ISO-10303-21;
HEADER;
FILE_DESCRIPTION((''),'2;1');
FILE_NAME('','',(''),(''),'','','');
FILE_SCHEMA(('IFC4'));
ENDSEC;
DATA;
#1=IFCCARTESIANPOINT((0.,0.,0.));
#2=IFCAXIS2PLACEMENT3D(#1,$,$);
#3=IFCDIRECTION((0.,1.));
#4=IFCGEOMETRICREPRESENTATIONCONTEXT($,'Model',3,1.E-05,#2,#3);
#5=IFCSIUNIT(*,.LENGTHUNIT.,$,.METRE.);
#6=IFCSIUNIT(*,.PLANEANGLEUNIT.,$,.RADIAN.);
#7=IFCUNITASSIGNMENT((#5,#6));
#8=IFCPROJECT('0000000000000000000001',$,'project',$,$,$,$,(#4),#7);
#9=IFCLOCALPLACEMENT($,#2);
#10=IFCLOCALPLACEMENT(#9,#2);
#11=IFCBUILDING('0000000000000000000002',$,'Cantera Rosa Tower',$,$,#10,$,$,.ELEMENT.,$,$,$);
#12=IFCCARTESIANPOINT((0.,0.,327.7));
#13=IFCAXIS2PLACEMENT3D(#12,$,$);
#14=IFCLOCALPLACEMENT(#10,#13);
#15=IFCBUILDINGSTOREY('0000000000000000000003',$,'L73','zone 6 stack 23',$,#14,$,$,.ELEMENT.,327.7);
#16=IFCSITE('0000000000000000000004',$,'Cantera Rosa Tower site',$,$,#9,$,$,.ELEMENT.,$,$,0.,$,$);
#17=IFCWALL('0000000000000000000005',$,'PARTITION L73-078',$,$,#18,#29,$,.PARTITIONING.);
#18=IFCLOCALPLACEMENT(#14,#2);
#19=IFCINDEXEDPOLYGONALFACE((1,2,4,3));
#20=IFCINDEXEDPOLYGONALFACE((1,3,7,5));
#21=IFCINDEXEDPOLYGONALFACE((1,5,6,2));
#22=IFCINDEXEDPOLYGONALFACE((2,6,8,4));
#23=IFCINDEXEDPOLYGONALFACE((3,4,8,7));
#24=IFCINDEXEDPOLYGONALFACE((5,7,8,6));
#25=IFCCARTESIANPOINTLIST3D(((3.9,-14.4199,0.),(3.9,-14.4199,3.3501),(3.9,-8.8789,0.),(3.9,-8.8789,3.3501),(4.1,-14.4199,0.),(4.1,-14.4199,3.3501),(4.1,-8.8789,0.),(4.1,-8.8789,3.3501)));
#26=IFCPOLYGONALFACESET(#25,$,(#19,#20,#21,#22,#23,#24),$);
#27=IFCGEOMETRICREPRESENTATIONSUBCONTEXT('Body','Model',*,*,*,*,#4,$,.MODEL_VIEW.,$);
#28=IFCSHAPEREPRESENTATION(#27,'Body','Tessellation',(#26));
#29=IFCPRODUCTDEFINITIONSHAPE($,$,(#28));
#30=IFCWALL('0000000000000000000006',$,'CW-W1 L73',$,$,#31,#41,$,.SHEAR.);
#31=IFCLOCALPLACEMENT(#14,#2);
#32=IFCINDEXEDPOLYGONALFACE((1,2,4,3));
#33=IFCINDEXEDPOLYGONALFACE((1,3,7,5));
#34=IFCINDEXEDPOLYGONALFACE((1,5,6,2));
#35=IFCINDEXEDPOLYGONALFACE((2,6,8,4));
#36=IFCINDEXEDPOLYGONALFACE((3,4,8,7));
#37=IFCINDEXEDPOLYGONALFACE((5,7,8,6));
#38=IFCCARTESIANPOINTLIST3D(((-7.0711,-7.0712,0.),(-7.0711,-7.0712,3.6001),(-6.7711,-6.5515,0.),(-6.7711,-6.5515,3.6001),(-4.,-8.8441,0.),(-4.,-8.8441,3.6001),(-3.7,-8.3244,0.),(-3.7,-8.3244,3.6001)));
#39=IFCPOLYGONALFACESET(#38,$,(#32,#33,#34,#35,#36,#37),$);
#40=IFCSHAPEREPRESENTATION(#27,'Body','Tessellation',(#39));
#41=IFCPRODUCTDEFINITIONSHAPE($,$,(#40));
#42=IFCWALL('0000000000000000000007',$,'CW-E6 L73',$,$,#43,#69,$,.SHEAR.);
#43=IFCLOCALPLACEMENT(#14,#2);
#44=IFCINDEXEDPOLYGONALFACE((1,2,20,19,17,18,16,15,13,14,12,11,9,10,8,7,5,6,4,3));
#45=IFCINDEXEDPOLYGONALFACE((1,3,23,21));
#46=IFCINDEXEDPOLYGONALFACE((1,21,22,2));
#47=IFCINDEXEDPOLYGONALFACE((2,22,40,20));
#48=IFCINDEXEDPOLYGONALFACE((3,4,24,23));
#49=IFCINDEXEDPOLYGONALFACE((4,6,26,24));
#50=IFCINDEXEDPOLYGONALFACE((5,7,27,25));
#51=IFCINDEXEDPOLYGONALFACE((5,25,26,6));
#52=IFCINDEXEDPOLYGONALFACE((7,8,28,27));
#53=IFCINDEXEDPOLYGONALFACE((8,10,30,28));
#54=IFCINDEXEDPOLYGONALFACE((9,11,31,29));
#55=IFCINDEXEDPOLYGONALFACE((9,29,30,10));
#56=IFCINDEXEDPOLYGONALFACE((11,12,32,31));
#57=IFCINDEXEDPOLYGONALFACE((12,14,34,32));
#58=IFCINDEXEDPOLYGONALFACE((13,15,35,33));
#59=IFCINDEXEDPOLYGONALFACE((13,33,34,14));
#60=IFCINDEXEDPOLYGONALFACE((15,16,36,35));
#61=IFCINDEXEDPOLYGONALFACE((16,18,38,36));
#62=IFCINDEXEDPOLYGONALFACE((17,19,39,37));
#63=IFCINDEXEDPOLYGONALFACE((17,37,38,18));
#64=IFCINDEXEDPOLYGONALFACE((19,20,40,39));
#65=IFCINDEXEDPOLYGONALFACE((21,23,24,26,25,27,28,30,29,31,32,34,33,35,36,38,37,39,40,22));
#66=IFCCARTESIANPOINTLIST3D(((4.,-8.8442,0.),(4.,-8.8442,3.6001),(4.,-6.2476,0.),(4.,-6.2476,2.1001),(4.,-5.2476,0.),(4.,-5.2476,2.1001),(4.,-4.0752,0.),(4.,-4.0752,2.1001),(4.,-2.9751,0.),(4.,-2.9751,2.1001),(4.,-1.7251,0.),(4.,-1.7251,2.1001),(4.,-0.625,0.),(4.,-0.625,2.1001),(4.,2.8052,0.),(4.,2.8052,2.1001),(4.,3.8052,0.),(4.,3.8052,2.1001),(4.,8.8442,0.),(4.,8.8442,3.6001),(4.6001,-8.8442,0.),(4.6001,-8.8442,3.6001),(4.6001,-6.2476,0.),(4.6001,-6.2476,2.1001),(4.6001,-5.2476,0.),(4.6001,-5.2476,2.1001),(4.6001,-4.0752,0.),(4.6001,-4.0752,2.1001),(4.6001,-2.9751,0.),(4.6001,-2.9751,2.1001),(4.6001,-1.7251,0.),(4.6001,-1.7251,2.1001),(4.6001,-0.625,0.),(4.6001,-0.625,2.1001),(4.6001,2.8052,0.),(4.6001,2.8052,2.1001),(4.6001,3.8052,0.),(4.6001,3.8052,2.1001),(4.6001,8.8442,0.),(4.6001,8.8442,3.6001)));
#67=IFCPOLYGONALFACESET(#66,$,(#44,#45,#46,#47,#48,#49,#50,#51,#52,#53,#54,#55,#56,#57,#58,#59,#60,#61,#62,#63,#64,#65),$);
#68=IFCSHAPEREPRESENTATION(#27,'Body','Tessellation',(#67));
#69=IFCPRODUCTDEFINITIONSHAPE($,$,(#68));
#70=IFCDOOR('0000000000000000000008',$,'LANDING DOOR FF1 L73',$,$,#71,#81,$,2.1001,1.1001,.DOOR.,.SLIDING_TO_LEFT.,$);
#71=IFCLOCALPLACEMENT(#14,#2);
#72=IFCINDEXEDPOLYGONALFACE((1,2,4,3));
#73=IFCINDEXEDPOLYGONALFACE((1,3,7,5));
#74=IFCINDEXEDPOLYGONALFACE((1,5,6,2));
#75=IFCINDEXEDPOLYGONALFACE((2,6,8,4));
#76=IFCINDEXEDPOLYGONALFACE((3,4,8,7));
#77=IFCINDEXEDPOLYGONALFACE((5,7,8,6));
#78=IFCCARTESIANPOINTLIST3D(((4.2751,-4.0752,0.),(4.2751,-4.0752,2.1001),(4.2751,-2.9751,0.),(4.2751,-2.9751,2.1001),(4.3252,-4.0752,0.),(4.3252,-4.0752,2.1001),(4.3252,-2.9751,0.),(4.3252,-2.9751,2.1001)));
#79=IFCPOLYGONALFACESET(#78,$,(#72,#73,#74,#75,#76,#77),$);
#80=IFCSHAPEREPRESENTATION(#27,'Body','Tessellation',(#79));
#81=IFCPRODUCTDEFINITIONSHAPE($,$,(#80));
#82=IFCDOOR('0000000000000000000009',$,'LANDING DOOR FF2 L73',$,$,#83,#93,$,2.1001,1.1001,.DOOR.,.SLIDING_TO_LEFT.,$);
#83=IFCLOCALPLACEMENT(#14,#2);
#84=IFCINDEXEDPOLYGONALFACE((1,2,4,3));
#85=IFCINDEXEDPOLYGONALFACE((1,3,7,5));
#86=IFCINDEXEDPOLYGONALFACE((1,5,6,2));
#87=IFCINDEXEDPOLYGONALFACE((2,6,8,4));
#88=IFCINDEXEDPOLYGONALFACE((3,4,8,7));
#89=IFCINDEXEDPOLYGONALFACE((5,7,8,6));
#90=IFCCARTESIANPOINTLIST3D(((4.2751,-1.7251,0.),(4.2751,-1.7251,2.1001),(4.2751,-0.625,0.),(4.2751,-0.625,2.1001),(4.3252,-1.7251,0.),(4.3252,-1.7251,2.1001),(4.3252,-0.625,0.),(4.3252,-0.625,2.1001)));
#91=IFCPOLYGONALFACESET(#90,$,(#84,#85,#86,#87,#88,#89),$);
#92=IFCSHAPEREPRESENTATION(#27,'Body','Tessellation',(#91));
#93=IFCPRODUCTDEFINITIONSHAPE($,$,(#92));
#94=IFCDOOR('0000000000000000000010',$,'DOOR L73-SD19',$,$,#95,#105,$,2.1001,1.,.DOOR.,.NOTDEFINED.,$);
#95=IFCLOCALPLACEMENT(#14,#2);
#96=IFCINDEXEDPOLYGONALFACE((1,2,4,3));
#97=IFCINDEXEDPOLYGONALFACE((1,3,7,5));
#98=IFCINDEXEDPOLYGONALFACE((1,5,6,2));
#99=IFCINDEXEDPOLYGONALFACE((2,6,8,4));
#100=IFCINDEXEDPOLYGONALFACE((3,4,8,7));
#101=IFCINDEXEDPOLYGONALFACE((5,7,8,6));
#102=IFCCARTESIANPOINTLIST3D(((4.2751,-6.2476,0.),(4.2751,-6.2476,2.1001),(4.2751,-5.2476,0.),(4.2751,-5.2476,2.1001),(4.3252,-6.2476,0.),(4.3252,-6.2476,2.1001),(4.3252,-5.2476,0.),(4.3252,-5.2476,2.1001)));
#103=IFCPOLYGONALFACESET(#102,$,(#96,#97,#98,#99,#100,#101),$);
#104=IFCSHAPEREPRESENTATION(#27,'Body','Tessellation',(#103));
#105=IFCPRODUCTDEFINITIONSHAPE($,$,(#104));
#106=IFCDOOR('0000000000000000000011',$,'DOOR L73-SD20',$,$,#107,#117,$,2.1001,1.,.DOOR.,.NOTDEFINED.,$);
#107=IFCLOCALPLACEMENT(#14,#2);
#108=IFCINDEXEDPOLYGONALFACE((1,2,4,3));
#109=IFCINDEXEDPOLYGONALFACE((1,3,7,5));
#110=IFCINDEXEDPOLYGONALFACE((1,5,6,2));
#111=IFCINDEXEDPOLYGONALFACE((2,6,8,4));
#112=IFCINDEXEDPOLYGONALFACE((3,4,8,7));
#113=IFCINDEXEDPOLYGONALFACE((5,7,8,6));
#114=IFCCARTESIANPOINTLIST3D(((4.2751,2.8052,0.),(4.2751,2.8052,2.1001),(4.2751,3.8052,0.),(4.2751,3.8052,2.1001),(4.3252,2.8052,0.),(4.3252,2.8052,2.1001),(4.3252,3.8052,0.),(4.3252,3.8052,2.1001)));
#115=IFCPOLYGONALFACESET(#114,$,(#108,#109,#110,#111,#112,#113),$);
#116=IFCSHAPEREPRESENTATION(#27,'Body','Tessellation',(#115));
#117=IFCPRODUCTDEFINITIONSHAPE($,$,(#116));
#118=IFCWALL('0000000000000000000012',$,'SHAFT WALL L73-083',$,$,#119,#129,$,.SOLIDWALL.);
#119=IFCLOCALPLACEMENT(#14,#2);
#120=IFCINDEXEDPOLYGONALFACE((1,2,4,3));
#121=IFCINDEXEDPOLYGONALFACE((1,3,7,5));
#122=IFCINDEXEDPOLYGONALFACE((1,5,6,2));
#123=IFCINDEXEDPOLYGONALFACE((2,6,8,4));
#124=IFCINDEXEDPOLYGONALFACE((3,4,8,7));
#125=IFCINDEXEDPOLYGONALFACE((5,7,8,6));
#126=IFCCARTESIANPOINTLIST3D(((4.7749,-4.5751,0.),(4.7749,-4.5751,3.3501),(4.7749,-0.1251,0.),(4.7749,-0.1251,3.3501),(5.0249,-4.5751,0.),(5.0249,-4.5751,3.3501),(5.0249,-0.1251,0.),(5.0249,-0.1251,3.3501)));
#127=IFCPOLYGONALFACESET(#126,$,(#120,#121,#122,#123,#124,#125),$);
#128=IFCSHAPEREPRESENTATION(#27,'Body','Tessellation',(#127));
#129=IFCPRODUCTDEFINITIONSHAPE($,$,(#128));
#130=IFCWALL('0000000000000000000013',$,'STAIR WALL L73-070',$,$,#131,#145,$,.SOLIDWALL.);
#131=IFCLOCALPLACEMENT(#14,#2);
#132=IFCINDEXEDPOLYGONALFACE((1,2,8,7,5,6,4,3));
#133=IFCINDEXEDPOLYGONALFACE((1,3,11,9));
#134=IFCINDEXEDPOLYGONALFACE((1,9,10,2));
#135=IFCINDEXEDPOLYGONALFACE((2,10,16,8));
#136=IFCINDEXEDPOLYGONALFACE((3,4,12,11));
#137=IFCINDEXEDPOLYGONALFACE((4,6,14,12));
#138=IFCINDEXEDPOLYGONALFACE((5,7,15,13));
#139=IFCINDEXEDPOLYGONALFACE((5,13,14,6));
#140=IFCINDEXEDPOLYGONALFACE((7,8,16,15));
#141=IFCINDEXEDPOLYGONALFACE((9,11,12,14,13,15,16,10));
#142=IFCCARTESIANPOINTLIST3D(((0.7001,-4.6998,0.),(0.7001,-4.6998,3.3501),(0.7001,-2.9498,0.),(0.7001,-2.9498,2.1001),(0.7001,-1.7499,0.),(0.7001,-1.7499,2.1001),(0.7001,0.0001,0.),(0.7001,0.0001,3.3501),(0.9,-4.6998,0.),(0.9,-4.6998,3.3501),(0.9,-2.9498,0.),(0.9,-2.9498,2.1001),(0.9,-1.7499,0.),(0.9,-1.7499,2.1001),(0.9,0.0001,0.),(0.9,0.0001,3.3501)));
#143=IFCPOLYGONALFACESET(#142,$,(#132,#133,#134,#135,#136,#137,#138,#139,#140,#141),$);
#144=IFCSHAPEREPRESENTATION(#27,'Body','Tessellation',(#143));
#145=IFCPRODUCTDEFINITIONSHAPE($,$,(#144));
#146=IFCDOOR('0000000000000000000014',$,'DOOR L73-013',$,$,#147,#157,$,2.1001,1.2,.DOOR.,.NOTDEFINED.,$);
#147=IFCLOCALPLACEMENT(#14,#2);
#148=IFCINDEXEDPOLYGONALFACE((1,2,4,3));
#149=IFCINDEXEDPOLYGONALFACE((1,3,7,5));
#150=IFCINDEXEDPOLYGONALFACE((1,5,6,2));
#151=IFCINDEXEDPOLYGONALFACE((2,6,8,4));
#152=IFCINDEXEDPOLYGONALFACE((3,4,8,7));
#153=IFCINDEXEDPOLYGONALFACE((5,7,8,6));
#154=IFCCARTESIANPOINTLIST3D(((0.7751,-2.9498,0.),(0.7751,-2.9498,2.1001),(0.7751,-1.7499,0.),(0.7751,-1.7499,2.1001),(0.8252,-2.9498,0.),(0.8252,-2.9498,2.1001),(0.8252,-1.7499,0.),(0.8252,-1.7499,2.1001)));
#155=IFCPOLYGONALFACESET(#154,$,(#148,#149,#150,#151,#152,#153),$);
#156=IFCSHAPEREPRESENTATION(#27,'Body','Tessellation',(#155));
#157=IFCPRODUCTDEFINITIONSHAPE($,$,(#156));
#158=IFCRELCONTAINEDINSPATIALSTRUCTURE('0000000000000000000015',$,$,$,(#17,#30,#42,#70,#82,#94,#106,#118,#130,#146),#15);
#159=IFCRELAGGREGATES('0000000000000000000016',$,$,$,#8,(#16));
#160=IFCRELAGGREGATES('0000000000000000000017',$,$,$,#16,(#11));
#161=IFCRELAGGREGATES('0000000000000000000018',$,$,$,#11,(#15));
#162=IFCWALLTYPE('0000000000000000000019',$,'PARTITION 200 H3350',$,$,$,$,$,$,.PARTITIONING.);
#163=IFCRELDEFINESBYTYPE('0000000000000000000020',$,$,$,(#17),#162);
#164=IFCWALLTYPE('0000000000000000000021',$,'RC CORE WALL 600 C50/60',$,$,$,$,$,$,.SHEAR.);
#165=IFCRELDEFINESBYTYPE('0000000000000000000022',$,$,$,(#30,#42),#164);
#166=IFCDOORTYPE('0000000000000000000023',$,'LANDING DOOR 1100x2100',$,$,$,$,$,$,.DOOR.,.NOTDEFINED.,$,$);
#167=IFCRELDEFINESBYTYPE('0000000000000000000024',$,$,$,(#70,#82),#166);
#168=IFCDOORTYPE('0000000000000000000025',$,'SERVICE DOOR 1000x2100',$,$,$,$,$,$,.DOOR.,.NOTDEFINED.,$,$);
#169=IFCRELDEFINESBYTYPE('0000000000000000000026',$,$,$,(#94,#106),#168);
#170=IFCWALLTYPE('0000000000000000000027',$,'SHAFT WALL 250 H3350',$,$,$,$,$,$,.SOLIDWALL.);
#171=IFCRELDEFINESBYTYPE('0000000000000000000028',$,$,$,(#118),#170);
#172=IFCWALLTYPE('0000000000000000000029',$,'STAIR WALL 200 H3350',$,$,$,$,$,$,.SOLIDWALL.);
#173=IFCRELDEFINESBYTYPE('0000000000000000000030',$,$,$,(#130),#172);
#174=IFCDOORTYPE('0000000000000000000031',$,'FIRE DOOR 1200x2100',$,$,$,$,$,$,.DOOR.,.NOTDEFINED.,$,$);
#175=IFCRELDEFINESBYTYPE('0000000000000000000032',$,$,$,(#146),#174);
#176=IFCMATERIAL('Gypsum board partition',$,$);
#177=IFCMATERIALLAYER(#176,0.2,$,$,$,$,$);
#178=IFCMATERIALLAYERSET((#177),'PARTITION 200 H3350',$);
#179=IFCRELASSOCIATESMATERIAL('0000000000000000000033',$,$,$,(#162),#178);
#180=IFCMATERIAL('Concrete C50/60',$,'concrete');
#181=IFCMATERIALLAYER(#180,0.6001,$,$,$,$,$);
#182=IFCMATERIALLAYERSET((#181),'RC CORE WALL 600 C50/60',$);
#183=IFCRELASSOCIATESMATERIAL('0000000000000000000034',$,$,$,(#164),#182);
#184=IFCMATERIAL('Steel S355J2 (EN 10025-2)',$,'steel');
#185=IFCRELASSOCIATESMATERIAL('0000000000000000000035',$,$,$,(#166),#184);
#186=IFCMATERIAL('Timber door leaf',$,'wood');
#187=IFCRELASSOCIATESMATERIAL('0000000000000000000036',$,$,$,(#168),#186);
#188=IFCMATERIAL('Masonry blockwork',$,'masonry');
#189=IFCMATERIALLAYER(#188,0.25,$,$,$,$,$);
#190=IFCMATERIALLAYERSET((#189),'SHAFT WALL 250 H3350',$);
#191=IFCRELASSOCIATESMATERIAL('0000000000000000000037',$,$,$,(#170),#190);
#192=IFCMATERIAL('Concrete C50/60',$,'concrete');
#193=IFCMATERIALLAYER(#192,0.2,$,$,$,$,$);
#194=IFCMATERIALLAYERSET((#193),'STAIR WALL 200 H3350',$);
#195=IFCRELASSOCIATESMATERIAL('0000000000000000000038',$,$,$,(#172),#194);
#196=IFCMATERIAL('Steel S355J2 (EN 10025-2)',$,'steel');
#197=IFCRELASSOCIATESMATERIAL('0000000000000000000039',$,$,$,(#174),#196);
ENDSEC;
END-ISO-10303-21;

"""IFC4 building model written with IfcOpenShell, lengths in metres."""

from ifc_helpers import new_model, si_unit, direction, frame, frame_2d, origin, place, context, subcontext, project, spatial, rectangle, extrude, material, layer, layer_set, type_object, element, fill, save


model = new_model("IFC4")

# Units and contexts
model_context = context("Model", 3, precision=1e-05, world=origin(), true_north=direction((0.0, 1.0)))
body_context = subcontext(model_context, "Body", "Model", "MODEL_VIEW")
ifc_project = project(units=[si_unit("LENGTHUNIT", "METRE"), si_unit("PLANEANGLEUNIT", "RADIAN")], contexts=[model_context])

# Site, building, storey
site_placement = place(None, origin())
site = spatial("IfcSite", under=ifc_project, at=site_placement, Name="Cantera Rosa Tower site", CompositionType="ELEMENT", RefElevation=0.0)
building_placement = place(site_placement, origin())
building = spatial("IfcBuilding", under=site, at=building_placement, Name="Cantera Rosa Tower", CompositionType="ELEMENT")
storey_placement = place(building_placement, frame((0.0, 0.0, 327.7)))
storey = spatial("IfcBuildingStorey", under=building, at=storey_placement, Name="L73", Description="zone 6 stack 23", CompositionType="ELEMENT", Elevation=327.7)

# Walls
ifc_material_1 = material(Name="Gypsum board partition")
ifc_layer_1 = layer(ifc_material_1, 0.2)
ifc_layer_set_1 = layer_set([ifc_layer_1], Name="PARTITION 200 H3350")
wall_type_1 = type_object("IfcWallType", Name="PARTITION 200 H3350", PredefinedType="PARTITIONING", material=ifc_layer_set_1)
wall_1_placement = place(storey_placement, frame((4.0, -14.4199, 0.0), z_axis=(0.0, 0.0, 1.0), x_axis=(0.0, 1.0, 0.0)))
element("IfcWall", 1, at=wall_1_placement, inside=storey, type_object=wall_type_1, Name="PARTITION L73-078", PredefinedType="PARTITIONING", context=body_context, shape_type="SweptSolid", body=[
    extrude(rectangle(XDim=5.541, YDim=0.2, at=frame_2d((2.7705, 0.0))), origin(), (0.0, 0.0, 1.0), 3.3501),
])
ifc_material_2 = material(Name="Concrete C50/60", Category="concrete")
ifc_layer_2 = layer(ifc_material_2, 0.6001)
ifc_layer_set_2 = layer_set([ifc_layer_2], Name="RC CORE WALL 600 C50/60")
wall_type_2 = type_object("IfcWallType", Name="RC CORE WALL 600 C50/60", PredefinedType="SHEAR", material=ifc_layer_set_2)
wall_2_placement = place(storey_placement, frame((-3.8501, -8.5842, 0.0), z_axis=(0.0, 0.0, 1.0), x_axis=(-0.86604, 0.499975, 0.0)))
element("IfcWall", 2, at=wall_2_placement, inside=storey, type_object=wall_type_2, Name="CW-W1 L73", PredefinedType="SHEAR", context=body_context, shape_type="SweptSolid", body=[
    extrude(rectangle(XDim=3.5461, YDim=0.6001, at=frame_2d((1.7729, 0.0))), origin(), (0.0, 0.0, 1.0), 3.6001),
])

# Wall, openings, doors
wall_3_placement = place(storey_placement, frame((4.3, -8.8442, 0.0), z_axis=(0.0, 0.0, 1.0), x_axis=(0.0, 1.0, 0.0)))
wall_3 = element("IfcWall", 3, at=wall_3_placement, inside=storey, type_object=wall_type_2, Name="CW-E6 L73", PredefinedType="SHEAR", context=body_context, shape_type="SweptSolid", body=[
    extrude(rectangle(XDim=17.6885, YDim=0.6001, at=frame_2d((8.8442, 0.0))), origin(), (0.0, 0.0, 1.0), 3.6001),
])
opening_1_placement = place(wall_3_placement, frame((4.769, 0.0, 0.0)))
opening_1 = element("IfcOpeningElement", 4, at=opening_1_placement, cuts=wall_3, PredefinedType="OPENING", context=body_context, shape_type="SweptSolid", body=[
    extrude(rectangle(XDim=1.1001, YDim=2.1001, at=frame_2d((0.55, 1.05))), frame((0.0, 0.3101, 0.0), z_axis=(0.0, -1.0, 0.0), x_axis=(1.0, 0.0, 0.0)), (0.0, 0.0, 1.0), 0.6201),
])
opening_2_placement = place(wall_3_placement, frame((7.1191, 0.0, 0.0)))
opening_2 = element("IfcOpeningElement", 5, at=opening_2_placement, cuts=wall_3, PredefinedType="OPENING", context=body_context, shape_type="SweptSolid", body=[
    extrude(rectangle(XDim=1.1001, YDim=2.1001, at=frame_2d((0.55, 1.05))), frame((0.0, 0.3101, 0.0), z_axis=(0.0, -1.0, 0.0), x_axis=(1.0, 0.0, 0.0)), (0.0, 0.0, 1.0), 0.6201),
])
opening_3_placement = place(wall_3_placement, frame((2.5967, 0.0, 0.0)))
opening_3 = element("IfcOpeningElement", 6, at=opening_3_placement, cuts=wall_3, PredefinedType="OPENING", context=body_context, shape_type="SweptSolid", body=[
    extrude(rectangle(XDim=1.0, YDim=2.1001, at=frame_2d((0.5, 1.05))), frame((0.0, 0.3101, 0.0), z_axis=(0.0, -1.0, 0.0), x_axis=(1.0, 0.0, 0.0)), (0.0, 0.0, 1.0), 0.6201),
])
opening_4_placement = place(wall_3_placement, frame((11.6494, 0.0, 0.0)))
opening_4 = element("IfcOpeningElement", 7, at=opening_4_placement, cuts=wall_3, PredefinedType="OPENING", context=body_context, shape_type="SweptSolid", body=[
    extrude(rectangle(XDim=1.0, YDim=2.1001, at=frame_2d((0.5, 1.05))), frame((0.0, 0.3101, 0.0), z_axis=(0.0, -1.0, 0.0), x_axis=(1.0, 0.0, 0.0)), (0.0, 0.0, 1.0), 0.6201),
])
ifc_material_3 = material(Name="Steel S355J2 (EN 10025-2)", Category="steel")
door_type_1 = type_object("IfcDoorType", Name="LANDING DOOR 1100x2100", OperationType="NOTDEFINED", PredefinedType="DOOR", material=ifc_material_3)
door_1_placement = place(opening_1_placement, origin())
door_1 = element("IfcDoor", 8, at=door_1_placement, inside=storey, type_object=door_type_1, Name="LANDING DOOR FF1 L73", OperationType="SLIDING_TO_LEFT", OverallHeight=2.1001, OverallWidth=1.1001, PredefinedType="DOOR", context=body_context, shape_type="SweptSolid", body=[
    extrude(rectangle(XDim=1.1001, YDim=2.1001, at=frame_2d((0.55, 1.05))), frame((0.0, 0.0249, 0.0), z_axis=(0.0, -1.0, 0.0), x_axis=(1.0, 0.0, 0.0)), (0.0, 0.0, 1.0), 0.05),
])
fill(opening_1, door_1)
door_2_placement = place(opening_2_placement, origin())
door_2 = element("IfcDoor", 9, at=door_2_placement, inside=storey, type_object=door_type_1, Name="LANDING DOOR FF2 L73", OperationType="SLIDING_TO_LEFT", OverallHeight=2.1001, OverallWidth=1.1001, PredefinedType="DOOR", context=body_context, shape_type="SweptSolid", body=[
    extrude(rectangle(XDim=1.1001, YDim=2.1001, at=frame_2d((0.55, 1.05))), frame((0.0, 0.0249, 0.0), z_axis=(0.0, -1.0, 0.0), x_axis=(1.0, 0.0, 0.0)), (0.0, 0.0, 1.0), 0.05),
])
fill(opening_2, door_2)
ifc_material_4 = material(Name="Timber door leaf", Category="wood")
door_type_2 = type_object("IfcDoorType", Name="SERVICE DOOR 1000x2100", OperationType="NOTDEFINED", PredefinedType="DOOR", material=ifc_material_4)
door_3_placement = place(opening_3_placement, origin())
door_3 = element("IfcDoor", 10, at=door_3_placement, inside=storey, type_object=door_type_2, Name="DOOR L73-SD19", OperationType="NOTDEFINED", OverallHeight=2.1001, OverallWidth=1.0, PredefinedType="DOOR", context=body_context, shape_type="SweptSolid", body=[
    extrude(rectangle(XDim=1.0, YDim=2.1001, at=frame_2d((0.5, 1.05))), frame((0.0, 0.0249, 0.0), z_axis=(0.0, -1.0, 0.0), x_axis=(1.0, 0.0, 0.0)), (0.0, 0.0, 1.0), 0.05),
])
fill(opening_3, door_3)
door_4_placement = place(opening_4_placement, origin())
door_4 = element("IfcDoor", 11, at=door_4_placement, inside=storey, type_object=door_type_2, Name="DOOR L73-SD20", OperationType="NOTDEFINED", OverallHeight=2.1001, OverallWidth=1.0, PredefinedType="DOOR", context=body_context, shape_type="SweptSolid", body=[
    extrude(rectangle(XDim=1.0, YDim=2.1001, at=frame_2d((0.5, 1.05))), frame((0.0, 0.0249, 0.0), z_axis=(0.0, -1.0, 0.0), x_axis=(1.0, 0.0, 0.0)), (0.0, 0.0, 1.0), 0.05),
])
fill(opening_4, door_4)

# Wall
ifc_material_5 = material(Name="Masonry blockwork", Category="masonry")
ifc_layer_3 = layer(ifc_material_5, 0.25)
ifc_layer_set_3 = layer_set([ifc_layer_3], Name="SHAFT WALL 250 H3350")
wall_type_3 = type_object("IfcWallType", Name="SHAFT WALL 250 H3350", PredefinedType="SOLIDWALL", material=ifc_layer_set_3)
wall_4_placement = place(storey_placement, frame((4.8999, -0.125, 0.0), z_axis=(0.0, 0.0, 1.0), x_axis=(0.0, -1.0, 0.0)))
element("IfcWall", 12, at=wall_4_placement, inside=storey, type_object=wall_type_3, Name="SHAFT WALL L73-083", PredefinedType="SOLIDWALL", context=body_context, shape_type="SweptSolid", body=[
    extrude(rectangle(XDim=4.45, YDim=0.25, at=frame_2d((2.2251, 0.0))), origin(), (0.0, 0.0, 1.0), 3.3501),
])

# Wall, opening, door
ifc_material_6 = material(Name="Concrete C50/60", Category="concrete")
ifc_layer_4 = layer(ifc_material_6, 0.2)
ifc_layer_set_4 = layer_set([ifc_layer_4], Name="STAIR WALL 200 H3350")
wall_type_4 = type_object("IfcWallType", Name="STAIR WALL 200 H3350", PredefinedType="SOLIDWALL", material=ifc_layer_set_4)
wall_5_placement = place(storey_placement, frame((0.8, -4.7, 0.0), z_axis=(0.0, 0.0, 1.0), x_axis=(0.0, 1.0, 0.0)))
wall_5 = element("IfcWall", 13, at=wall_5_placement, inside=storey, type_object=wall_type_4, Name="STAIR WALL L73-070", PredefinedType="SOLIDWALL", context=body_context, shape_type="SweptSolid", body=[
    extrude(rectangle(XDim=4.7, YDim=0.2, at=frame_2d((2.3501, 0.0))), origin(), (0.0, 0.0, 1.0), 3.3501),
])
opening_5_placement = place(wall_5_placement, frame((1.75, 0.0, 0.0)))
opening_5 = element("IfcOpeningElement", 14, at=opening_5_placement, cuts=wall_5, PredefinedType="OPENING", context=body_context, shape_type="SweptSolid", body=[
    extrude(rectangle(XDim=1.2, YDim=2.1001, at=frame_2d((0.6001, 1.05))), frame((0.0, 0.1099, 0.0), z_axis=(0.0, -1.0, 0.0), x_axis=(1.0, 0.0, 0.0)), (0.0, 0.0, 1.0), 0.22),
])
ifc_material_7 = material(Name="Steel S355J2 (EN 10025-2)", Category="steel")
door_type_3 = type_object("IfcDoorType", Name="FIRE DOOR 1200x2100", OperationType="NOTDEFINED", PredefinedType="DOOR", material=ifc_material_7)
door_5_placement = place(opening_5_placement, origin())
door_5 = element("IfcDoor", 15, at=door_5_placement, inside=storey, type_object=door_type_3, Name="DOOR L73-013", OperationType="NOTDEFINED", OverallHeight=2.1001, OverallWidth=1.2, PredefinedType="DOOR", context=body_context, shape_type="SweptSolid", body=[
    extrude(rectangle(XDim=1.2, YDim=2.1001, at=frame_2d((0.6001, 1.05))), frame((0.0, 0.0249, 0.0), z_axis=(0.0, -1.0, 0.0), x_axis=(1.0, 0.0, 0.0)), (0.0, 0.0, 1.0), 0.05),
])
fill(opening_5, door_5)

save(model, "model.ifc")
